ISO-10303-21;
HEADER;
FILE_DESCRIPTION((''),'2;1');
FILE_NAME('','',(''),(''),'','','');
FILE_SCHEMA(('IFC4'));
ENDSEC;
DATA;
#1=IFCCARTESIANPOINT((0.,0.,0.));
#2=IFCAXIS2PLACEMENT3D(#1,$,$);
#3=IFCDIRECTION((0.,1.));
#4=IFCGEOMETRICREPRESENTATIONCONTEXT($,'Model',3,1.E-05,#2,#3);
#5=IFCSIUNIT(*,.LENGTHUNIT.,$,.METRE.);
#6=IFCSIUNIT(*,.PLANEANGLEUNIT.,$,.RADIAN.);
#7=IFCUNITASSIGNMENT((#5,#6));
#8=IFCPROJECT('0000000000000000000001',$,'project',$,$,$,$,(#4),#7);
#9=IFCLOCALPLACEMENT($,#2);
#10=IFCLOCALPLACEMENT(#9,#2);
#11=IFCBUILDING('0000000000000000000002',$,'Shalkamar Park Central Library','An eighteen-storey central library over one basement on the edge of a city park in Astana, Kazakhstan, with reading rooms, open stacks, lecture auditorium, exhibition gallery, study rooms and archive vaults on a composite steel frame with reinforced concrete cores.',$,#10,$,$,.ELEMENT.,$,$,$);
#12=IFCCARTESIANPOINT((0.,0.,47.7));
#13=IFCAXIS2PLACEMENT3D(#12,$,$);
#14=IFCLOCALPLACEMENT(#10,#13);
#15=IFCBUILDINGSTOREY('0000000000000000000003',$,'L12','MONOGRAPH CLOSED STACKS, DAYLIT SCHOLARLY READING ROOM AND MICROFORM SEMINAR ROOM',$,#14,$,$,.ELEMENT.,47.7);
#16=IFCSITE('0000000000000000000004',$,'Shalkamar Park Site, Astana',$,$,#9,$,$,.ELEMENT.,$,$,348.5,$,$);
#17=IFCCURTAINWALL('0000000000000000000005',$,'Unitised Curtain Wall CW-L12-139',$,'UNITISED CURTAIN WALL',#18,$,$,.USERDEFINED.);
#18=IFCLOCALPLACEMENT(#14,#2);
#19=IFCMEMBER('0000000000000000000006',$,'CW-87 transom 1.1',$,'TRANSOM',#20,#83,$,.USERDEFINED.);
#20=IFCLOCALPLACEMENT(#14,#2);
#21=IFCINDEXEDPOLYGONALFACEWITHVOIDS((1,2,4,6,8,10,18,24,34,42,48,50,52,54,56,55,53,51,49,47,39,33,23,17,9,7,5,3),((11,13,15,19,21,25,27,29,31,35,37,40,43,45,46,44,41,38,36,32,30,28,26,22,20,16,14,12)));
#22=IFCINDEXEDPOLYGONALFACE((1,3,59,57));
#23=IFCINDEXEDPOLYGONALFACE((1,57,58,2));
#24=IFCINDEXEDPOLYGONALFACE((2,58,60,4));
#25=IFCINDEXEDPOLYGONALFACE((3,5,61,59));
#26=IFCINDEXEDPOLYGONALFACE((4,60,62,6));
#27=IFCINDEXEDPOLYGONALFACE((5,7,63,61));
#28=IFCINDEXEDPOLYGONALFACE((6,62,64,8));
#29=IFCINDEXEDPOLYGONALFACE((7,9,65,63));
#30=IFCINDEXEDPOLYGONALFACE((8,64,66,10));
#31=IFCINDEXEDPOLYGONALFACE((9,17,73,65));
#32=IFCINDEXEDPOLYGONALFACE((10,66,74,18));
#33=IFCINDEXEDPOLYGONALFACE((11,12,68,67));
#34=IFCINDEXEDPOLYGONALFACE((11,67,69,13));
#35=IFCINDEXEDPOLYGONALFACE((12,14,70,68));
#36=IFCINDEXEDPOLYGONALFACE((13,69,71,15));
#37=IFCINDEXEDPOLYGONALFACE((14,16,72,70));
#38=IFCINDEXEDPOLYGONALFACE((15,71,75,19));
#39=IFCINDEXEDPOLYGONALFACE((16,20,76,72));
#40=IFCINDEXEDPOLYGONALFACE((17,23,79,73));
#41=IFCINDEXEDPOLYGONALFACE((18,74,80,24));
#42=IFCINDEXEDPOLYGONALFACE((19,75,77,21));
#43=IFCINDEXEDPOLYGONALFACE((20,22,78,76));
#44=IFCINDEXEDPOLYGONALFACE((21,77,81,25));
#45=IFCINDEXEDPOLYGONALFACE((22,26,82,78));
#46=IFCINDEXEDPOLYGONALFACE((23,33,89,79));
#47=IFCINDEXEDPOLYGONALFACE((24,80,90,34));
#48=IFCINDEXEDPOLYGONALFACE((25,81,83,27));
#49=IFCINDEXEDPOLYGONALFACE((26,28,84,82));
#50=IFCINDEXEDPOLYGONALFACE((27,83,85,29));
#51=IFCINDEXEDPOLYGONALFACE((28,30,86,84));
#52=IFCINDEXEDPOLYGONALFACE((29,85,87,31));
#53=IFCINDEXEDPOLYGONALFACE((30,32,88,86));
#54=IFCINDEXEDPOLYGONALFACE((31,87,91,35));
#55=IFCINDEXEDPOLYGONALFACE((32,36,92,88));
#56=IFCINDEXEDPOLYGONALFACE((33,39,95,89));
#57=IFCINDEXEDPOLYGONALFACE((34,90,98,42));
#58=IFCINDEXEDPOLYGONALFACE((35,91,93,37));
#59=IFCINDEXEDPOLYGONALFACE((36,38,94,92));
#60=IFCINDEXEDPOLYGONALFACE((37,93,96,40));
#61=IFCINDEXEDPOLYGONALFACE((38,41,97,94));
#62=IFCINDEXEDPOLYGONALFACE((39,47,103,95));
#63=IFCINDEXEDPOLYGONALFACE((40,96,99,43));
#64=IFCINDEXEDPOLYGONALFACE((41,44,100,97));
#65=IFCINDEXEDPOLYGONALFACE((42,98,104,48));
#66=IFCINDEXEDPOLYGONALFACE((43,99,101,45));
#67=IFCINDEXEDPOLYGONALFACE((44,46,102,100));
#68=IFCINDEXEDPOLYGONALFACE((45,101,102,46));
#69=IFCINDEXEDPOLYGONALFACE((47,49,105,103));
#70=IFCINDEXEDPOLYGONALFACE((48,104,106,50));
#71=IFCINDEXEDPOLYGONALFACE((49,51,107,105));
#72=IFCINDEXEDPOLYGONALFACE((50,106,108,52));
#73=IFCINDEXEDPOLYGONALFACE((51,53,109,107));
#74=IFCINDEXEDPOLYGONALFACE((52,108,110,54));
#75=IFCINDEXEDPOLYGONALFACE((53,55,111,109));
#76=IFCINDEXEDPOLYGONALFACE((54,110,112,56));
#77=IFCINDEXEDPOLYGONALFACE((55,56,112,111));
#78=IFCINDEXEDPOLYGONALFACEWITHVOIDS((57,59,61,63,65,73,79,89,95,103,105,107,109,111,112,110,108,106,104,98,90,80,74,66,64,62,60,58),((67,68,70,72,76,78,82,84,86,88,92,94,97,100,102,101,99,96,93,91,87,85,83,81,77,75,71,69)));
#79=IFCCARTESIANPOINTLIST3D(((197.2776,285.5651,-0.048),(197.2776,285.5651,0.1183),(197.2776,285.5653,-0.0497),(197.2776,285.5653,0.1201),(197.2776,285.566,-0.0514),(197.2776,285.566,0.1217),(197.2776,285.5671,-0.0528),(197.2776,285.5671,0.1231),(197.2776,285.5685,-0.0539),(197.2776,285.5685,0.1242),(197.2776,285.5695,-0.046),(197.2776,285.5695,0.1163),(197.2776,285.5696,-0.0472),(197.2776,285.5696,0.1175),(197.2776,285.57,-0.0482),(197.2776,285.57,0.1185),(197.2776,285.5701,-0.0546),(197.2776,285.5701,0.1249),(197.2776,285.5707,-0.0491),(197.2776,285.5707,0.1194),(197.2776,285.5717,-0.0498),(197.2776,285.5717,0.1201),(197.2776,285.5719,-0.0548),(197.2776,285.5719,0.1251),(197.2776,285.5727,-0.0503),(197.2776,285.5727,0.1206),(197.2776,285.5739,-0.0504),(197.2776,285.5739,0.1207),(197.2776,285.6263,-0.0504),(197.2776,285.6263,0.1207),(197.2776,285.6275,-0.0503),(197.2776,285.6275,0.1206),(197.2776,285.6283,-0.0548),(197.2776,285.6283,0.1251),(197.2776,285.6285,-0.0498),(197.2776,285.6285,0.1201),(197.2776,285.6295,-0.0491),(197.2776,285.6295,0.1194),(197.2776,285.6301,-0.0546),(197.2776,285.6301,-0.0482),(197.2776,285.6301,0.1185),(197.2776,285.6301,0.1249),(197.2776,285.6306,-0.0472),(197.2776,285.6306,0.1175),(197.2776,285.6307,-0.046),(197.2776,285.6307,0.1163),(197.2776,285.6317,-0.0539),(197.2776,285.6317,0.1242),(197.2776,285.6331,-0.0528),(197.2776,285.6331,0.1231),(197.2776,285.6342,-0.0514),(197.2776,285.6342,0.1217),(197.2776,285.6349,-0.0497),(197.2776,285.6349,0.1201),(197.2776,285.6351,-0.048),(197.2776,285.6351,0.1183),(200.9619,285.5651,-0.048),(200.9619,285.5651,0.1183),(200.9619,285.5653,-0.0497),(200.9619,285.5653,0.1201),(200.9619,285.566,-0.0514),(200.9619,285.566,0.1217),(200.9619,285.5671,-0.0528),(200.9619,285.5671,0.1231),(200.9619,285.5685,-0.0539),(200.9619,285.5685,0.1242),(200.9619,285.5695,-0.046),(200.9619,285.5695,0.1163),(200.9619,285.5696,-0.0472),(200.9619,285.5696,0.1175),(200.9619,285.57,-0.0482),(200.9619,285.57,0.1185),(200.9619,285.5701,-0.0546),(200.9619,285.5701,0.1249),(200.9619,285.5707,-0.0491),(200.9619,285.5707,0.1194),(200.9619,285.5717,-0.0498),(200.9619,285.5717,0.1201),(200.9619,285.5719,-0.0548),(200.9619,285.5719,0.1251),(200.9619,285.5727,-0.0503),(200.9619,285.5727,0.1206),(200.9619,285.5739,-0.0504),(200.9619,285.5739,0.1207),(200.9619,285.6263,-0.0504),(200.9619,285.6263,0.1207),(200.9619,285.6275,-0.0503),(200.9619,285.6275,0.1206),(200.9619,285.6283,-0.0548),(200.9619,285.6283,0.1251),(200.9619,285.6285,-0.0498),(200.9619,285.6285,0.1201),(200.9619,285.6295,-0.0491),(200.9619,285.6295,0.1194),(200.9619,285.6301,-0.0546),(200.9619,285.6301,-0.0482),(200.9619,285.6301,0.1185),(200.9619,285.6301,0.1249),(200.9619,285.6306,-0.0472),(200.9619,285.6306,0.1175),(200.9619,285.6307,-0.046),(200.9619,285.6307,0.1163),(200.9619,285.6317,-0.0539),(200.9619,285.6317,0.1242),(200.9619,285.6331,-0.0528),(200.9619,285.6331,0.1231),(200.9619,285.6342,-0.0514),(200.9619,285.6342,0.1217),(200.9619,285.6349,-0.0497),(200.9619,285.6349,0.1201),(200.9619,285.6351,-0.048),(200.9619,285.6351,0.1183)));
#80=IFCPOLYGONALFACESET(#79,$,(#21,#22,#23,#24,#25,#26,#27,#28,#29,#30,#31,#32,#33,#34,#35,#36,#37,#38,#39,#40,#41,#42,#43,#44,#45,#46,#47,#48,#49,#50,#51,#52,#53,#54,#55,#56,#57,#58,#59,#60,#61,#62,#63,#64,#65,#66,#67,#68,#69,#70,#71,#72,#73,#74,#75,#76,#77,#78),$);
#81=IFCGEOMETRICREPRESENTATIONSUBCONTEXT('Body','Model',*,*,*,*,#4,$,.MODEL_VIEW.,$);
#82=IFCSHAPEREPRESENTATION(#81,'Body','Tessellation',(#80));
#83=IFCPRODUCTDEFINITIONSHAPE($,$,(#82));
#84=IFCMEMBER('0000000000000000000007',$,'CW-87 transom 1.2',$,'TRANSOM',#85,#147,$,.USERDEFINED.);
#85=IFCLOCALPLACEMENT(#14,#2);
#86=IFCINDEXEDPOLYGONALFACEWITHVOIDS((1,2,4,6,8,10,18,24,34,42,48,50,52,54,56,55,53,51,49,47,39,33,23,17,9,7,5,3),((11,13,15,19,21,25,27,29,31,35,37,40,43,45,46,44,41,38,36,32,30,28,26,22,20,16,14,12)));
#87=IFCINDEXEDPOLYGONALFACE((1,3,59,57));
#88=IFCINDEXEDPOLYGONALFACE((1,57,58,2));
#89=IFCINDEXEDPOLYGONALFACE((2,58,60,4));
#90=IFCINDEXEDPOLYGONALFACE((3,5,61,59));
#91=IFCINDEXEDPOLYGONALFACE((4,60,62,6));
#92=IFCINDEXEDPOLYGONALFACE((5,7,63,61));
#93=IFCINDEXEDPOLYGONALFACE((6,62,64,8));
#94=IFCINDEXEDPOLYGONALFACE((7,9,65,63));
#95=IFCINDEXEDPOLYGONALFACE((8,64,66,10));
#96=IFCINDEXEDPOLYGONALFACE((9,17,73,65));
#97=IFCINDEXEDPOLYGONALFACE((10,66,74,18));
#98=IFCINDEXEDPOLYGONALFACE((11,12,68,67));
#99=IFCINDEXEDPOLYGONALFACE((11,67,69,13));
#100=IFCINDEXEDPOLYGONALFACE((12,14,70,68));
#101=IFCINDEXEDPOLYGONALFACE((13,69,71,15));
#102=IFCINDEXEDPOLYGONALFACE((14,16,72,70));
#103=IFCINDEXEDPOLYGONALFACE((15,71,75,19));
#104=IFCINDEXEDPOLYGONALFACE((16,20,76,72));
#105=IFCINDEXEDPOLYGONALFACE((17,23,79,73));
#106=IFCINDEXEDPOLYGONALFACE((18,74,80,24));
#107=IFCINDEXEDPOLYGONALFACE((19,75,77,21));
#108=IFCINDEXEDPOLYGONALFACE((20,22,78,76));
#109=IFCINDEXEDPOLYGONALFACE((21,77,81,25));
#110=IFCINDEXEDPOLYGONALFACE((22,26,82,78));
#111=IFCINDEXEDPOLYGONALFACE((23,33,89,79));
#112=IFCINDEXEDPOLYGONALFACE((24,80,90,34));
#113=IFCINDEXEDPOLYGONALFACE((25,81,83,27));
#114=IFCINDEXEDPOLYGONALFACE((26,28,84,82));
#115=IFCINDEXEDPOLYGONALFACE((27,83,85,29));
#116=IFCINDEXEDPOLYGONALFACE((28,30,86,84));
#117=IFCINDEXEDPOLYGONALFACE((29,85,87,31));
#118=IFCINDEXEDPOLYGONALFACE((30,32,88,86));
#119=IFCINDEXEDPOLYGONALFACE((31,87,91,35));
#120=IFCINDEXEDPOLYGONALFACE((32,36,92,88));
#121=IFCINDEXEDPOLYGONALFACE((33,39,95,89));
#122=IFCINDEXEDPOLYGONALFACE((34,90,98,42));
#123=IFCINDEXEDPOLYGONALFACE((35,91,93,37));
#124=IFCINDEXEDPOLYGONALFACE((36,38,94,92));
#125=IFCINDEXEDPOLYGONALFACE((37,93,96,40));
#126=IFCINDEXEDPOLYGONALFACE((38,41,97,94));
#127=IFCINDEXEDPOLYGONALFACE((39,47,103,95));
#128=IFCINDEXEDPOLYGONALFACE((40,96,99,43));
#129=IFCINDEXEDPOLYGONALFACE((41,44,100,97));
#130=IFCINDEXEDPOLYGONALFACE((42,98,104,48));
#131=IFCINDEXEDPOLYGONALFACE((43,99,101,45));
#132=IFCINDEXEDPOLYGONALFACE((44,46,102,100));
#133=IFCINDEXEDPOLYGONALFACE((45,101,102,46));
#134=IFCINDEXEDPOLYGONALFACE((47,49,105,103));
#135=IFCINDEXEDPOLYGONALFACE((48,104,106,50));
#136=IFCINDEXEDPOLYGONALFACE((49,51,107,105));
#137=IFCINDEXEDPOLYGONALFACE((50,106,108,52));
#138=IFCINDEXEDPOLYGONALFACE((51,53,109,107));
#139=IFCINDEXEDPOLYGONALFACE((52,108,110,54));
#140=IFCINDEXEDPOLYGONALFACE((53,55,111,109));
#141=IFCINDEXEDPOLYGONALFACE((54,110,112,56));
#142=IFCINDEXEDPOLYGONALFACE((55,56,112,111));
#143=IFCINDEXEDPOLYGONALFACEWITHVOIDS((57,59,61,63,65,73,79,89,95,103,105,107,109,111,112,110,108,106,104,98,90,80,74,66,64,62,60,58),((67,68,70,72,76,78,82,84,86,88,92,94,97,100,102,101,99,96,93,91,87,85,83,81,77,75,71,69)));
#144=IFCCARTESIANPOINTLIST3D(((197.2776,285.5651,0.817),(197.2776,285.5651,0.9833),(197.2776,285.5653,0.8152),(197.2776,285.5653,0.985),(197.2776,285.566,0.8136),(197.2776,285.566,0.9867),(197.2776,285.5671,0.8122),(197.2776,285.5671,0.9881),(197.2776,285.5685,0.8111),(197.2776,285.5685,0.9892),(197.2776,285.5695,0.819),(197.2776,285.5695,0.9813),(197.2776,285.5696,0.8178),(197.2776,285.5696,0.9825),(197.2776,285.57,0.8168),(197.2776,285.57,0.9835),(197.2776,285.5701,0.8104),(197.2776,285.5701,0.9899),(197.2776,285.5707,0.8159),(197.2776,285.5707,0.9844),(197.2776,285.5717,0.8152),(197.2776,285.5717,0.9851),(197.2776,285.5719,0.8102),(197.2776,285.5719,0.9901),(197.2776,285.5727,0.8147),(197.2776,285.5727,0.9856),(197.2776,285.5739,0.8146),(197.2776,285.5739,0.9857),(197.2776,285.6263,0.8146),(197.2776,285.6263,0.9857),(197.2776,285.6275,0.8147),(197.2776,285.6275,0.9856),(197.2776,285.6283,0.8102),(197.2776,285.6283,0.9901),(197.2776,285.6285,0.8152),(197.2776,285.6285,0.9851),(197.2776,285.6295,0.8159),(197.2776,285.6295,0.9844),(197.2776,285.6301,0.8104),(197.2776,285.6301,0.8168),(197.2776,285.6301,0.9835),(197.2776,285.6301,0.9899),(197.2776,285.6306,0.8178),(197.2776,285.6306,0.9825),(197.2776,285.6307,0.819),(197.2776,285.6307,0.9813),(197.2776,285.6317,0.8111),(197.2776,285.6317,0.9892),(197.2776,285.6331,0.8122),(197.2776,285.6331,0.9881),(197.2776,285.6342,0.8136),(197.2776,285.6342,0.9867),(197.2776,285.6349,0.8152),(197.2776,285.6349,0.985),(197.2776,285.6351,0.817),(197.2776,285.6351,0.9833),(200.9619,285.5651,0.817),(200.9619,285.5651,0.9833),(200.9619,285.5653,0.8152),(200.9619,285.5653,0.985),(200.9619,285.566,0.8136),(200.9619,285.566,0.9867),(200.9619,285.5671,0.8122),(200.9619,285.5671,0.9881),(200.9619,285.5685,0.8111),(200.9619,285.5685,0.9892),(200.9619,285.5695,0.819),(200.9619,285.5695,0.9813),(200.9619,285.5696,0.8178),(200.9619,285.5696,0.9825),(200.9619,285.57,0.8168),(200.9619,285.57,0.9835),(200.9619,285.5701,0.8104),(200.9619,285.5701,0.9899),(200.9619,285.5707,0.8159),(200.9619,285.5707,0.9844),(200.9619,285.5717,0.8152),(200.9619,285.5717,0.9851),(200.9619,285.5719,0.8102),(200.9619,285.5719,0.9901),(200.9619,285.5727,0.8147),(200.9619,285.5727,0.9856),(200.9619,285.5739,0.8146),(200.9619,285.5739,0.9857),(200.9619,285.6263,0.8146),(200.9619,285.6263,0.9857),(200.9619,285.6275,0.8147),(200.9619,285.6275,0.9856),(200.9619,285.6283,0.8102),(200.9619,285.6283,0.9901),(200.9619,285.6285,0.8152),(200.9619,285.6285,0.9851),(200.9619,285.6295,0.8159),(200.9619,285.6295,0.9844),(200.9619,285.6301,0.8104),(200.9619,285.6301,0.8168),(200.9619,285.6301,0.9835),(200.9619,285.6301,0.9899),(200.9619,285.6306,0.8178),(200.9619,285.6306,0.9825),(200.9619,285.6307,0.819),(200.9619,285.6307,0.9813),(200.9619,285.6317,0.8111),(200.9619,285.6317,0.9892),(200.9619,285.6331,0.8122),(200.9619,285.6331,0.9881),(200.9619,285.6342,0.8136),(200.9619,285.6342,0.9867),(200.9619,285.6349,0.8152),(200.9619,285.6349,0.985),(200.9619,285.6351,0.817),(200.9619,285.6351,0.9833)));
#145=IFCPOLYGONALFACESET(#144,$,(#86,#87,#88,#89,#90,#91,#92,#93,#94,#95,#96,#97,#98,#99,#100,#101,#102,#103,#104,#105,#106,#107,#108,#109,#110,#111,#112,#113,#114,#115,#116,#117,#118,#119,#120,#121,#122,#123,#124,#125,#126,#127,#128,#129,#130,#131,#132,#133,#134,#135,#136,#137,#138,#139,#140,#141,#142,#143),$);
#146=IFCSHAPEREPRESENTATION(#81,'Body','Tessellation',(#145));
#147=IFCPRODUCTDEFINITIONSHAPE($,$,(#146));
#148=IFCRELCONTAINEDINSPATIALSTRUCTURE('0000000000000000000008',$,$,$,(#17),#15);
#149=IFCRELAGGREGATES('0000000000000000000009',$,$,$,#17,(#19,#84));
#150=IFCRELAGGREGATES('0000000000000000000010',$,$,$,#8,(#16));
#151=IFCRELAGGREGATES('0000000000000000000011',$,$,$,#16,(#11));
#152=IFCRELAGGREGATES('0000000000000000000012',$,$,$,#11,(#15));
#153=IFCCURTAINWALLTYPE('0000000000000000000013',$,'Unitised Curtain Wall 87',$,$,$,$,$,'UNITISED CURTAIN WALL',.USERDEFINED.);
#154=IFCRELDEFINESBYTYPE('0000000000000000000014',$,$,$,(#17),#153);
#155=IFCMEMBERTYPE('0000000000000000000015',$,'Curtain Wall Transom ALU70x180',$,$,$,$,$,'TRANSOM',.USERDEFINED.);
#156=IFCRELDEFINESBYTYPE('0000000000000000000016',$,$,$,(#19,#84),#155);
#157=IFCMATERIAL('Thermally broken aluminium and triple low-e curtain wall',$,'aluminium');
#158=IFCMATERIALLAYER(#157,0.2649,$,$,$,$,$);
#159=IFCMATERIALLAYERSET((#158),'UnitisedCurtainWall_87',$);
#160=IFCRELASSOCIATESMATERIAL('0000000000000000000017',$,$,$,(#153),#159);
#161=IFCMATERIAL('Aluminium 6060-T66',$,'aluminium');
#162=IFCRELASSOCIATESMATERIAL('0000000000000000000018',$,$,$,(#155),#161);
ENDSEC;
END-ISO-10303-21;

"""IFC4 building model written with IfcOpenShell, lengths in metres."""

from ifc_helpers import new_model, si_unit, direction, frame, origin, origin_2d, place, context, subcontext, project, spatial, hollow_rectangle, extrude, material, layer, layer_set, material_profile, profile_set, type_object, element, aggregate, save


model = new_model("IFC4")

# Units and contexts
model_context = context("Model", 3, precision=1e-05, world=origin(), true_north=direction((0.0, 1.0)))
body_context = subcontext(model_context, "Body", "Model", "MODEL_VIEW")
ifc_project = project(units=[si_unit("LENGTHUNIT", "METRE"), si_unit("PLANEANGLEUNIT", "RADIAN")], contexts=[model_context])

# Site, building, storey
site_placement = place(None, origin())
site = spatial("IfcSite", under=ifc_project, at=site_placement, Name="Shalkamar Park Site, Astana", CompositionType="ELEMENT", RefElevation=348.5)
building_placement = place(site_placement, origin())
building = spatial("IfcBuilding", under=site, at=building_placement, Name="Shalkamar Park Central Library", Description="An eighteen-storey central library over one basement on the edge of a city park in Astana, Kazakhstan, with reading rooms, open stacks, lecture auditorium, exhibition gallery, study rooms and archive vaults on a composite steel frame with reinforced concrete cores.", CompositionType="ELEMENT")
storey_placement = place(building_placement, frame((0.0, 0.0, 47.7)))
storey = spatial("IfcBuildingStorey", under=building, at=storey_placement, Name="L12", Description="MONOGRAPH CLOSED STACKS, DAYLIT SCHOLARLY READING ROOM AND MICROFORM SEMINAR ROOM", CompositionType="ELEMENT", Elevation=47.7)

# Curtain wall
ifc_material_1 = material(Name="Thermally broken aluminium and triple low-e curtain wall", Category="aluminium")
ifc_layer_1 = layer(ifc_material_1, 0.2649)
ifc_layer_set_1 = layer_set([ifc_layer_1], Name="UnitisedCurtainWall_87")
curtain_wall_type_1 = type_object("IfcCurtainWallType", Name="Unitised Curtain Wall 87", ElementType="UNITISED CURTAIN WALL", PredefinedType="USERDEFINED", material=ifc_layer_set_1)
curtain_wall_1_placement = place(storey_placement, origin())
curtain_wall_1 = element("IfcCurtainWall", 1, at=curtain_wall_1_placement, inside=storey, type_object=curtain_wall_type_1, Name="Unitised Curtain Wall CW-L12-139", ObjectType="UNITISED CURTAIN WALL", PredefinedType="USERDEFINED")
ifc_material_2 = material(Name="Aluminium 6060-T66", Category="aluminium")

# Members
ifc_material_profile_1 = material_profile(ifc_material_2, hollow_rectangle(XDim=0.0701, YDim=0.1799, WallThickness=0.0044, InnerFilletRadius=0.0044, OuterFilletRadius=0.0068, at=origin_2d()), Name="ALU 70x180x4.5")
ifc_profile_set_1 = profile_set([ifc_material_profile_1], Name="Aluminium 6060-T66")
member_type_1 = type_object("IfcMemberType", Name="Curtain Wall Transom ALU70x180", ElementType="TRANSOM", PredefinedType="USERDEFINED", material=ifc_profile_set_1)
member_1_placement = place(storey_placement, frame((197.2776, 285.6001, 0.0352), z_axis=(1.0, 0.0, 0.0), x_axis=(0.0, 1.0, 0.0)))
member_1 = element("IfcMember", 2, at=member_1_placement, type_object=member_type_1, Name="CW-87 transom 1.1", ObjectType="TRANSOM", PredefinedType="USERDEFINED", context=body_context, shape_type="SweptSolid", body=[
    extrude(hollow_rectangle(XDim=0.0701, YDim=0.1799, WallThickness=0.0044, InnerFilletRadius=0.0044, OuterFilletRadius=0.0068, at=origin_2d()), origin(), (0.0, 0.0, 1.0), 3.6843),
])
member_2_placement = place(storey_placement, frame((197.2776, 285.6001, 0.9001), z_axis=(1.0, 0.0, 0.0), x_axis=(0.0, 1.0, 0.0)))
member_2 = element("IfcMember", 3, at=member_2_placement, type_object=member_type_1, Name="CW-87 transom 1.2", ObjectType="TRANSOM", PredefinedType="USERDEFINED", context=body_context, shape_type="SweptSolid", body=[
    extrude(hollow_rectangle(XDim=0.0701, YDim=0.1799, WallThickness=0.0044, InnerFilletRadius=0.0044, OuterFilletRadius=0.0068, at=origin_2d()), origin(), (0.0, 0.0, 1.0), 3.6843),
])

aggregate(curtain_wall_1, [member_1, member_2])

save(model, "model.ifc")
